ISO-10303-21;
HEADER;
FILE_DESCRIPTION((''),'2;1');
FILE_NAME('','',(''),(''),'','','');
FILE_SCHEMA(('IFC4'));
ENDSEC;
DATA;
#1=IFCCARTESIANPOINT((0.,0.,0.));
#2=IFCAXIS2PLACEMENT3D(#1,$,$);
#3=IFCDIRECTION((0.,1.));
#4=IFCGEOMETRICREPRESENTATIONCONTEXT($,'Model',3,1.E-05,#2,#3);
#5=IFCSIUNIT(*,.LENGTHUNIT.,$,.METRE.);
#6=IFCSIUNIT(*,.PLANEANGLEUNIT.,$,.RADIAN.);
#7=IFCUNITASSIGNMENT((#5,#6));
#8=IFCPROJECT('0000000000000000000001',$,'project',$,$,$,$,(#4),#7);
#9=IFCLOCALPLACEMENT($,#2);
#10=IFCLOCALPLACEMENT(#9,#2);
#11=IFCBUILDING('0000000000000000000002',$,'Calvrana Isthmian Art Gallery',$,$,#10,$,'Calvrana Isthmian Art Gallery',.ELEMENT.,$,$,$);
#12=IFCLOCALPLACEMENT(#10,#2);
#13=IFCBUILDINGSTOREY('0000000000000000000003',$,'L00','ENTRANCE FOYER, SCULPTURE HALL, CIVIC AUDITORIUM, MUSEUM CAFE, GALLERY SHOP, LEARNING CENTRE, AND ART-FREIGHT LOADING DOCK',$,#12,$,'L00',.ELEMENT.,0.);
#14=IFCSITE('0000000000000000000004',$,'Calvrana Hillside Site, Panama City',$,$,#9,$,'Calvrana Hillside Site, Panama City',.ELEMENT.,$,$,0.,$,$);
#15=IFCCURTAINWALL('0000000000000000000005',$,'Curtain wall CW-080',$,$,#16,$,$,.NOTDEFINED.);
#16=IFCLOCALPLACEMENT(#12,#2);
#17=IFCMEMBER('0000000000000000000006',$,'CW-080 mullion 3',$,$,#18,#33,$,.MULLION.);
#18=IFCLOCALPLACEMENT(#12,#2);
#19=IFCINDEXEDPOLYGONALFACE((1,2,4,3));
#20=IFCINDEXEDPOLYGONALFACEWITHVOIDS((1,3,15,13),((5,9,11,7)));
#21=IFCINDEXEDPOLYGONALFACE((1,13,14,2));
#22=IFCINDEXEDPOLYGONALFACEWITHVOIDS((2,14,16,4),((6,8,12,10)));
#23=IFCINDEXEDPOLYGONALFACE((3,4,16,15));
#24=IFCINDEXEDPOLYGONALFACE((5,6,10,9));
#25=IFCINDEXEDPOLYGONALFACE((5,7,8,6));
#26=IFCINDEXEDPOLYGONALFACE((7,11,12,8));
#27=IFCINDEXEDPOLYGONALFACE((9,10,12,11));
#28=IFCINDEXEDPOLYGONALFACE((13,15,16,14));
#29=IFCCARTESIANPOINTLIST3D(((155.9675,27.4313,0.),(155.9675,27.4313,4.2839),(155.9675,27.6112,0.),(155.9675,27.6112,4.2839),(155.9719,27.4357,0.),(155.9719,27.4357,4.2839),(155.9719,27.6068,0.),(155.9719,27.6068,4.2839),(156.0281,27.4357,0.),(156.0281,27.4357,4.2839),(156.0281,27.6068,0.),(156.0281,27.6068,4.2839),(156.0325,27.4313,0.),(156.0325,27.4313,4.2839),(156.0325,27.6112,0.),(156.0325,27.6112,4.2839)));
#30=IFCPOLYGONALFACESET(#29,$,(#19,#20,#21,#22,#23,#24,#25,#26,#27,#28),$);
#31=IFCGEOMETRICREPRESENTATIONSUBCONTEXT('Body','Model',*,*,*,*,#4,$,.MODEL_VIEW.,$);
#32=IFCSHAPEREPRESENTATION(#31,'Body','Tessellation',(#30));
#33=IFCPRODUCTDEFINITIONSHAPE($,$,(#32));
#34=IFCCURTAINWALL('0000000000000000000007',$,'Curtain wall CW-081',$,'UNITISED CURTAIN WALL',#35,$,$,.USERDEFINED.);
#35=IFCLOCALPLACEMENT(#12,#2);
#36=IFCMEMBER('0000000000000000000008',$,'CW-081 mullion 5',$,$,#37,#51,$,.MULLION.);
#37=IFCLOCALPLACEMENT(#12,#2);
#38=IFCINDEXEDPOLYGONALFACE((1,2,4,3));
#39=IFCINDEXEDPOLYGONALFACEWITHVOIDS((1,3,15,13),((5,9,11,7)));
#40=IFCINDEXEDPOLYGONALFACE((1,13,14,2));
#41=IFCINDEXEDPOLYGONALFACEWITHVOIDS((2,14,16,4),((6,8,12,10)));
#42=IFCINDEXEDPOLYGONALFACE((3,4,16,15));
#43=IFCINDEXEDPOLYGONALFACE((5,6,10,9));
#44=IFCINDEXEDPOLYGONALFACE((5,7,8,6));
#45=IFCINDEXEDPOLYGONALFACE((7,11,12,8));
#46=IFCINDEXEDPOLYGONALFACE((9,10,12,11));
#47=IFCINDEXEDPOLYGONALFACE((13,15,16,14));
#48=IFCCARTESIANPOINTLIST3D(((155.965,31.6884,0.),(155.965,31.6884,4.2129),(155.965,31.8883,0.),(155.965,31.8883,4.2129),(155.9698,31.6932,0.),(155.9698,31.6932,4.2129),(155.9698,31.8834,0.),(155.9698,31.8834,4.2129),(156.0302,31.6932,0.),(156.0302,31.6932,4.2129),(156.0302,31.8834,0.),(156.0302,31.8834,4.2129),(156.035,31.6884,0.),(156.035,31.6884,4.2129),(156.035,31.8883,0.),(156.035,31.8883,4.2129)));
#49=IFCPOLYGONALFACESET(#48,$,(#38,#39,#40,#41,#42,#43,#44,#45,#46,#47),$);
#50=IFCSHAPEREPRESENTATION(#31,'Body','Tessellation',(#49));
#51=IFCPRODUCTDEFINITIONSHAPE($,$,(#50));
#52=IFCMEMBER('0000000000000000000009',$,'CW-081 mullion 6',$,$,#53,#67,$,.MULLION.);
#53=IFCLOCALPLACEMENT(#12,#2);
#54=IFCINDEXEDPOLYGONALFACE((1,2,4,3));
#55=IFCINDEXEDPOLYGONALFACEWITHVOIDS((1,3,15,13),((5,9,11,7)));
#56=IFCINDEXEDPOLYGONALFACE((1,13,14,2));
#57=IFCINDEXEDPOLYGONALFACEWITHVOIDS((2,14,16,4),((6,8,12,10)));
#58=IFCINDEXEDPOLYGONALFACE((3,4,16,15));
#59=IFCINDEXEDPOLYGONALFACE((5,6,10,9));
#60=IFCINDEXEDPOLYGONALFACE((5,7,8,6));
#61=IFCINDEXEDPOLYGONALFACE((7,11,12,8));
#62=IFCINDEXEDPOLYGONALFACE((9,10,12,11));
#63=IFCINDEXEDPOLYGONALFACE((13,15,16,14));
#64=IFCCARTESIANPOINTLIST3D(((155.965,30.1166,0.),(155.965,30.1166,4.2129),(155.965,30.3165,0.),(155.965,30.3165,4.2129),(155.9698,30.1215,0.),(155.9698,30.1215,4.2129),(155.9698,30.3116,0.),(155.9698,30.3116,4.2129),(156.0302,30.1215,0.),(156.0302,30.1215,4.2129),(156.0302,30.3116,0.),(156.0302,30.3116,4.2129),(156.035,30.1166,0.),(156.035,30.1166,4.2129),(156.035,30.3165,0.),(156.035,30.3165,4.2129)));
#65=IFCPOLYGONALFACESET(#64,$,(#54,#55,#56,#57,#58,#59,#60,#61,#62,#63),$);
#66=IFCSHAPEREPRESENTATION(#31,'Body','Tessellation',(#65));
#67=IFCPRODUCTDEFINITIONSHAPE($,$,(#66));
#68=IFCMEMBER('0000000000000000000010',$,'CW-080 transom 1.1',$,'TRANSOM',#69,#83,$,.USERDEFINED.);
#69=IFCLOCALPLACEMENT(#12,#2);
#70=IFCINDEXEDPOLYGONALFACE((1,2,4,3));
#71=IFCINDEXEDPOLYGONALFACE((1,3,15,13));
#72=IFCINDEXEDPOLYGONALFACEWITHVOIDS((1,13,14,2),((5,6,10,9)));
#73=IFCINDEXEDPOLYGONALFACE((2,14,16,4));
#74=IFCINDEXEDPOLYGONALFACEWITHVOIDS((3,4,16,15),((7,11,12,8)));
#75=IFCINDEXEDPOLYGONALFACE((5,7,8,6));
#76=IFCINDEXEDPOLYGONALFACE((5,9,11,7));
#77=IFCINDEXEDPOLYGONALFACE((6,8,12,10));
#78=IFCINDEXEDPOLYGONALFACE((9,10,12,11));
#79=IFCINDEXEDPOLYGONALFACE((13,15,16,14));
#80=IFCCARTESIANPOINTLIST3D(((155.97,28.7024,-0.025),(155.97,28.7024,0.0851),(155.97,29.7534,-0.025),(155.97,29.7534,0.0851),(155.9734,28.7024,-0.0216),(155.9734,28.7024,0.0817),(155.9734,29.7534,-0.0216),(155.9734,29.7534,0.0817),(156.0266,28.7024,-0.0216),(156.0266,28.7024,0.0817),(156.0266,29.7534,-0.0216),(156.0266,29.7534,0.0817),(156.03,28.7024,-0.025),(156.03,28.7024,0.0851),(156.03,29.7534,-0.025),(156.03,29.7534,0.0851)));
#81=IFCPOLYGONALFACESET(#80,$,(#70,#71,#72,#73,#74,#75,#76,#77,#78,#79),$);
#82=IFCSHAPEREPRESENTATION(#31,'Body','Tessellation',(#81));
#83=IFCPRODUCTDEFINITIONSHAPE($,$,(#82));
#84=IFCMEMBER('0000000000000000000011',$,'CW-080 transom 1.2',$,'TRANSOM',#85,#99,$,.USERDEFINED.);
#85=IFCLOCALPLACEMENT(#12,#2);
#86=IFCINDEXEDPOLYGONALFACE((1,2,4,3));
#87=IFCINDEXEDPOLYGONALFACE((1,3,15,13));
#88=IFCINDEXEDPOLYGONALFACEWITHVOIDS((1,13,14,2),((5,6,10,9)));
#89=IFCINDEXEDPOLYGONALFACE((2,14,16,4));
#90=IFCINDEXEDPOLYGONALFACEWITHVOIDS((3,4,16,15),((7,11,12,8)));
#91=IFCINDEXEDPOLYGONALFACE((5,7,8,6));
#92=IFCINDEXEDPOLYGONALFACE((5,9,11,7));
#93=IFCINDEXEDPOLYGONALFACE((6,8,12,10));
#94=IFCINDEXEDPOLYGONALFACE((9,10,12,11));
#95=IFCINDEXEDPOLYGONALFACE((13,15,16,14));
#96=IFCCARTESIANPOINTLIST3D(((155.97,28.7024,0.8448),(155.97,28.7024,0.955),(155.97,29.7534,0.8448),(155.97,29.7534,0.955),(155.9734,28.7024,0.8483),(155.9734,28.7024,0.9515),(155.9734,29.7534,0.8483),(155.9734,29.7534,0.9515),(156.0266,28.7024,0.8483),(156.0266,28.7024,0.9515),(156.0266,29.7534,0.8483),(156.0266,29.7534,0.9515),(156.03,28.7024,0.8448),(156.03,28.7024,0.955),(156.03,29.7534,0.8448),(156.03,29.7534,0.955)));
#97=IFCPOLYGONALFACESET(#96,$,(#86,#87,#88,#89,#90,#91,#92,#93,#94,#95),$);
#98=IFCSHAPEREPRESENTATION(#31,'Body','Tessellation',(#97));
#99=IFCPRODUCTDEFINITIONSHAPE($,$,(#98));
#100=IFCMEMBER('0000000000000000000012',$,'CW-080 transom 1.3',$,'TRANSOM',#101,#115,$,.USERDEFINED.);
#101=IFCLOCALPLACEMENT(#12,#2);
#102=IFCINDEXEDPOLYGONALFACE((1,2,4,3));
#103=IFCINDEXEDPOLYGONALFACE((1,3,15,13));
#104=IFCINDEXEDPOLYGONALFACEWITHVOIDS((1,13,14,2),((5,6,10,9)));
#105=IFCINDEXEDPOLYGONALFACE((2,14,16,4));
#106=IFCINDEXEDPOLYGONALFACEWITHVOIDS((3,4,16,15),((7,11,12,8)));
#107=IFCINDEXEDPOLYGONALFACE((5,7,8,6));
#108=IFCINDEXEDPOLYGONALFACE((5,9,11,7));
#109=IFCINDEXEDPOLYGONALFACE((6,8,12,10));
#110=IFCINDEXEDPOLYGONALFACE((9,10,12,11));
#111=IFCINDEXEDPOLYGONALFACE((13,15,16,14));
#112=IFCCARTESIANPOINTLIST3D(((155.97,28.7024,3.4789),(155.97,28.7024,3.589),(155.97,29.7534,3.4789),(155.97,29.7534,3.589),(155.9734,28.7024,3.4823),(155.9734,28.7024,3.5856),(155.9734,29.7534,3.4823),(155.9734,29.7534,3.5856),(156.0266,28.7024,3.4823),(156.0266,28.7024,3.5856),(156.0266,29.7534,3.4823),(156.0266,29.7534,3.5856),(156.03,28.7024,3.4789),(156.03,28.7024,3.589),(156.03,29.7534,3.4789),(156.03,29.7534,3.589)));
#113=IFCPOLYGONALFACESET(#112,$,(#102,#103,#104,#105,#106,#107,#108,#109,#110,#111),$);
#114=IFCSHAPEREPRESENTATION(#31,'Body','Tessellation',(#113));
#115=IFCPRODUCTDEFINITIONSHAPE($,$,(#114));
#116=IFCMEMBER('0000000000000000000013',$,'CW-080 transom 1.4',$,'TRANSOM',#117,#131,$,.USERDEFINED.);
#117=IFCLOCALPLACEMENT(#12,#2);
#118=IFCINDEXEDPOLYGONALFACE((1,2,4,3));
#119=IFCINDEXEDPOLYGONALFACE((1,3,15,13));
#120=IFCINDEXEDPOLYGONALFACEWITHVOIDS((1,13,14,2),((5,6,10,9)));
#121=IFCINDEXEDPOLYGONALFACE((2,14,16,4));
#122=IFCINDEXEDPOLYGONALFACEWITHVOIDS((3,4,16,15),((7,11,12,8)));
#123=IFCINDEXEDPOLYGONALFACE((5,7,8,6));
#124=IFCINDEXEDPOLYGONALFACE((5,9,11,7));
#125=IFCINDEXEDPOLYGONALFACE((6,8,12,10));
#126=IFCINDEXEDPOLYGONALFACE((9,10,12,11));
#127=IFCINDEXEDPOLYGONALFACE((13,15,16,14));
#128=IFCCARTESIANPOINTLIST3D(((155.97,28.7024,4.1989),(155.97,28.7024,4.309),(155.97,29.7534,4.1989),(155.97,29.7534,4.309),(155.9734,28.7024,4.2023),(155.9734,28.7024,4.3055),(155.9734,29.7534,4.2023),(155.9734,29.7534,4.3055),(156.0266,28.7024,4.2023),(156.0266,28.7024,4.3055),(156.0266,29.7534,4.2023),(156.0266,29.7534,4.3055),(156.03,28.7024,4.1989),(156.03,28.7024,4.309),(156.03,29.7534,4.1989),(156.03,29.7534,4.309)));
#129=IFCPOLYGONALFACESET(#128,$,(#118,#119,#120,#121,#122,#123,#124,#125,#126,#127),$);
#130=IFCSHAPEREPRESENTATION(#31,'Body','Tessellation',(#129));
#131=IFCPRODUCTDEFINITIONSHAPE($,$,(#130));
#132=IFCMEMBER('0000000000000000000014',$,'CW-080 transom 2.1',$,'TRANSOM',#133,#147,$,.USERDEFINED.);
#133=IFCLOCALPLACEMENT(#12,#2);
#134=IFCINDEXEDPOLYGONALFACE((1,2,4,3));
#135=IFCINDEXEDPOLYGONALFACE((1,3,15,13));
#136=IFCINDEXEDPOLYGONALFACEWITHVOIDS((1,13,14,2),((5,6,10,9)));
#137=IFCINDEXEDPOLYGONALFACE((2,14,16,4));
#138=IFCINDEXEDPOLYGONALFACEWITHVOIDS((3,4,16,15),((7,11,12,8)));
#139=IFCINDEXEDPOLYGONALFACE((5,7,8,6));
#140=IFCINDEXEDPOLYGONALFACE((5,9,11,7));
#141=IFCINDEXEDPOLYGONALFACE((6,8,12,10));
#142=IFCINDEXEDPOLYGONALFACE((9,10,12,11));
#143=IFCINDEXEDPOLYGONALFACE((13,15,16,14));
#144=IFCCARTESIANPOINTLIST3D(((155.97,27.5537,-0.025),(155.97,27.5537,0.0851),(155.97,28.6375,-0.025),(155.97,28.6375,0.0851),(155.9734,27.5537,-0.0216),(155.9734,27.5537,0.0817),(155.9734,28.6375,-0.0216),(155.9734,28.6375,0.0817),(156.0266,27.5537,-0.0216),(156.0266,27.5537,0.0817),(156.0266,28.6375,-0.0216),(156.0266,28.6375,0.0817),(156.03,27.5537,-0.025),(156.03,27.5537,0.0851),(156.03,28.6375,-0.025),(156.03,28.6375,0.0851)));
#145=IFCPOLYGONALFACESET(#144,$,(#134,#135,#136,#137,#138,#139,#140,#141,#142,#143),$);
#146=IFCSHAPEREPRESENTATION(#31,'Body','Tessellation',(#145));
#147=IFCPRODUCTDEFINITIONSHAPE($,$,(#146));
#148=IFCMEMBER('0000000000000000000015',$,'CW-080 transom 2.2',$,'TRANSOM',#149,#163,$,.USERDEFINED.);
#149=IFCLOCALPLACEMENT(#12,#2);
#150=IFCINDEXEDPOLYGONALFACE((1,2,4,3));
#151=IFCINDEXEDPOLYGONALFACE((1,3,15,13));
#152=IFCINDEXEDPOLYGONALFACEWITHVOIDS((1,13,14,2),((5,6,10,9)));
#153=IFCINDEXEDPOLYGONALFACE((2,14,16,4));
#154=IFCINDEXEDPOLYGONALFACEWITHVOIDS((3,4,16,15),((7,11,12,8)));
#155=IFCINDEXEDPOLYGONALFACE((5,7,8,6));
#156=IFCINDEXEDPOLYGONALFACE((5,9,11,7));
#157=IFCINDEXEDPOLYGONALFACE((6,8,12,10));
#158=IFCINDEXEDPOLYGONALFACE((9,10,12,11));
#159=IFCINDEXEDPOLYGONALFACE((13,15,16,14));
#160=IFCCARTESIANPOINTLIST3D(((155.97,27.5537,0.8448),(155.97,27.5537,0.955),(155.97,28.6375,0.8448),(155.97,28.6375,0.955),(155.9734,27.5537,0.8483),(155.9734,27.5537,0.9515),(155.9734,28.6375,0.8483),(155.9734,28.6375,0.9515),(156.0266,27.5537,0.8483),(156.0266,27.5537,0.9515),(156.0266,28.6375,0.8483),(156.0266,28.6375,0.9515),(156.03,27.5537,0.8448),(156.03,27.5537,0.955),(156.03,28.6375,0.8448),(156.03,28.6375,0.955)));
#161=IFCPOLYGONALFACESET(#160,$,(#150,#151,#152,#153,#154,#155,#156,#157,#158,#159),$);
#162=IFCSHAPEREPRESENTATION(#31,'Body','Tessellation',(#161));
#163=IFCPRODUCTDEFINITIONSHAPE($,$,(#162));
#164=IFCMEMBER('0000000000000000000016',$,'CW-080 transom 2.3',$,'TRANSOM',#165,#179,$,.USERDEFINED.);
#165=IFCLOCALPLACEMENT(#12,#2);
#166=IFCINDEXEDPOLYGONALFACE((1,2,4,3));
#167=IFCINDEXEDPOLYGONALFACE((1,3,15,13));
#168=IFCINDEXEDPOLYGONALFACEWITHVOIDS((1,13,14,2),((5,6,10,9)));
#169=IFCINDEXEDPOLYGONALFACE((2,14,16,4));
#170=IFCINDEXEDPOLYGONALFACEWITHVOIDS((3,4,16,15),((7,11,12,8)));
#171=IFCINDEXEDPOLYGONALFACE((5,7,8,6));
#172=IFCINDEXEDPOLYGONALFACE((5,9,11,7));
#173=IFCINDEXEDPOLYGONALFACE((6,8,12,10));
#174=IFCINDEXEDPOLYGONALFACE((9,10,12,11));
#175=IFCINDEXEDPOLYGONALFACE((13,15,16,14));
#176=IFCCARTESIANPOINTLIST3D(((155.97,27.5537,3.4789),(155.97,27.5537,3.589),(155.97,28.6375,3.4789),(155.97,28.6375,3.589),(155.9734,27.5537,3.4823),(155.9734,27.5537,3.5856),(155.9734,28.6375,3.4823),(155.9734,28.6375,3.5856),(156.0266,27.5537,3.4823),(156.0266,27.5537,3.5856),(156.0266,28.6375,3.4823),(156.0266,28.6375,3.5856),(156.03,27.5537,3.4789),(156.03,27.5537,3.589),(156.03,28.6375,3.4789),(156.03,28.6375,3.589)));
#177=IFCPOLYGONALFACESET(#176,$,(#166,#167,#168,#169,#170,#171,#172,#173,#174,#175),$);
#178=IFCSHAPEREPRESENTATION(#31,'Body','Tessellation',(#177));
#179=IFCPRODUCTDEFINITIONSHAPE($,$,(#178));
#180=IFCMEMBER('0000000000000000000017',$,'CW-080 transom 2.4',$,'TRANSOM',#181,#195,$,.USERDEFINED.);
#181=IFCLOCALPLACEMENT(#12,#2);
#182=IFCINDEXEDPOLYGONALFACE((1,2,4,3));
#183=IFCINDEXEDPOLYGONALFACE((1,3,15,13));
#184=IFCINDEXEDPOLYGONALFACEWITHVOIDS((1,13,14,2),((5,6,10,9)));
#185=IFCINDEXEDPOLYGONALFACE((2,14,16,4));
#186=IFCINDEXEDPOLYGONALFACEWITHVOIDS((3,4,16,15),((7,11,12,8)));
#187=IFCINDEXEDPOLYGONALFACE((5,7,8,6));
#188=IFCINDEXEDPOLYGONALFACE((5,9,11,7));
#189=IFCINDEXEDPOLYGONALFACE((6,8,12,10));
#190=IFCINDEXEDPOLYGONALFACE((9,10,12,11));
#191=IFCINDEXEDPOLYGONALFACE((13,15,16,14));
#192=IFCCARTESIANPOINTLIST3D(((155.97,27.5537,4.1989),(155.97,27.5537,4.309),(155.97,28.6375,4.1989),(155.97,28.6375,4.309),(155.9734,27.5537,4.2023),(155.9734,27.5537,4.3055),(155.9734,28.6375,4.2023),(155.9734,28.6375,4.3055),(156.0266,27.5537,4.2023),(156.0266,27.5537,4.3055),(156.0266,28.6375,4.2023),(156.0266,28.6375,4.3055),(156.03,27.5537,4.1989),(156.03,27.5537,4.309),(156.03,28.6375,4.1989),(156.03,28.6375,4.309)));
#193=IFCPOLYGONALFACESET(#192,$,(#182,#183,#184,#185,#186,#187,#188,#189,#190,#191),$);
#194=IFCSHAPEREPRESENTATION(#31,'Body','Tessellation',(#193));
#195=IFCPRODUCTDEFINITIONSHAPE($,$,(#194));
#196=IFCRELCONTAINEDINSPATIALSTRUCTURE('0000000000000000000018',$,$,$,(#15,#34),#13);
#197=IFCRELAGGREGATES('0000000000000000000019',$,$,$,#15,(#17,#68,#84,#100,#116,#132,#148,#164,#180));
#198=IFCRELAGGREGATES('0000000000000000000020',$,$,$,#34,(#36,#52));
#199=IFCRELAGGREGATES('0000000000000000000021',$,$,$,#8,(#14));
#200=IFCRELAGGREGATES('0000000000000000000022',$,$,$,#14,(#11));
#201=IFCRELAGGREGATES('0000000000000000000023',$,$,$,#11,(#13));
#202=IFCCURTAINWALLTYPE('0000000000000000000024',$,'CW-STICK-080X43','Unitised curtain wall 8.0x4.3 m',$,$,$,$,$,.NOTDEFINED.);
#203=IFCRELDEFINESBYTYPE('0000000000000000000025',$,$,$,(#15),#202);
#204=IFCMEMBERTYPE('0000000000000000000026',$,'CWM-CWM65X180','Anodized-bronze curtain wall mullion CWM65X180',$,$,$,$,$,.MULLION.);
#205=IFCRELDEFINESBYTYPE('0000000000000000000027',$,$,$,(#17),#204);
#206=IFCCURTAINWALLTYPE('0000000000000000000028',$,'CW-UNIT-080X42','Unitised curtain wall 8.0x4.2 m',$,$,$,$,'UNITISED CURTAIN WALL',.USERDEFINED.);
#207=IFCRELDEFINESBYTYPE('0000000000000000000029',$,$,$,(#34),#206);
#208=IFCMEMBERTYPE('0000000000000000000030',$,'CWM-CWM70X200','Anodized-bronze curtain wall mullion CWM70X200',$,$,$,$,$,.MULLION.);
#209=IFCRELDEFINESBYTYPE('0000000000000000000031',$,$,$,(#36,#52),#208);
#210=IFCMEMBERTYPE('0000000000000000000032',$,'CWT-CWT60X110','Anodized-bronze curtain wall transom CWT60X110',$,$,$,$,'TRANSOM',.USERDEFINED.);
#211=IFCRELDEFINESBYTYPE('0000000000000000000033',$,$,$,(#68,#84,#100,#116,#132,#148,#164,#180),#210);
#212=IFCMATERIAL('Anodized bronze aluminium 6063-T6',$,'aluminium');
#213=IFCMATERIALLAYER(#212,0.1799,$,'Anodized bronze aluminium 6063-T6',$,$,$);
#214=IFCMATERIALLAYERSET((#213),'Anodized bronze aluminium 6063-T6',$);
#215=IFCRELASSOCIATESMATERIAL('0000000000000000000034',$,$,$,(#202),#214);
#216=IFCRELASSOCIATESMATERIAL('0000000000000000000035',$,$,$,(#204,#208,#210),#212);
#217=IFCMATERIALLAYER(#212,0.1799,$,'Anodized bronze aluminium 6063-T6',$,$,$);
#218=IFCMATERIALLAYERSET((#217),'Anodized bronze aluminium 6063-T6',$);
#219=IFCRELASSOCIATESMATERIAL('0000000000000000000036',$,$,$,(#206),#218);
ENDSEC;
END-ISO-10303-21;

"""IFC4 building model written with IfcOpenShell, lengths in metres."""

from ifc_helpers import new_model, si_unit, direction, frame, origin, origin_2d, place, context, subcontext, project, spatial, hollow_rectangle, extrude, material, layer, layer_set, material_profile, profile_set, type_object, element, aggregate, save


model = new_model("IFC4")

# Units and contexts
model_context = context("Model", 3, precision=1e-05, world=origin(), true_north=direction((0.0, 1.0)))
body_context = subcontext(model_context, "Body", "Model", "MODEL_VIEW")
ifc_project = project(units=[si_unit("LENGTHUNIT", "METRE"), si_unit("PLANEANGLEUNIT", "RADIAN")], contexts=[model_context])

# Site, building, storey
site_placement = place(None, origin())
site = spatial("IfcSite", under=ifc_project, at=site_placement, Name="Calvrana Hillside Site, Panama City", LongName="Calvrana Hillside Site, Panama City", CompositionType="ELEMENT", RefElevation=0.0)
building_placement = place(site_placement, origin())
building = spatial("IfcBuilding", under=site, at=building_placement, Name="Calvrana Isthmian Art Gallery", LongName="Calvrana Isthmian Art Gallery", CompositionType="ELEMENT")
storey_placement = place(building_placement, origin())
storey = spatial("IfcBuildingStorey", under=building, at=storey_placement, Name="L00", Description="ENTRANCE FOYER, SCULPTURE HALL, CIVIC AUDITORIUM, MUSEUM CAFE, GALLERY SHOP, LEARNING CENTRE, AND ART-FREIGHT LOADING DOCK", LongName="L00", CompositionType="ELEMENT", Elevation=0.0)

# Curtain walls, members
ifc_material_1 = material(Name="Anodized bronze aluminium 6063-T6", Category="aluminium")
ifc_layer_1 = layer(ifc_material_1, 0.1799, Name="Anodized bronze aluminium 6063-T6")
ifc_layer_set_1 = layer_set([ifc_layer_1], Name="Anodized bronze aluminium 6063-T6")
curtain_wall_type_1 = type_object("IfcCurtainWallType", Name="CW-STICK-080X43", Description="Unitised curtain wall 8.0x4.3 m", PredefinedType="NOTDEFINED", material=ifc_layer_set_1)
curtain_wall_1_placement = place(storey_placement, origin())
curtain_wall_1 = element("IfcCurtainWall", 1, at=curtain_wall_1_placement, inside=storey, type_object=curtain_wall_type_1, Name="Curtain wall CW-080", PredefinedType="NOTDEFINED")
ifc_material_profile_1 = material_profile(ifc_material_1, hollow_rectangle(XDim=0.0649, YDim=0.1799, WallThickness=0.0044, at=origin_2d()), Name="CWM65X180")
ifc_profile_set_1 = profile_set([ifc_material_profile_1], Name="Anodized bronze aluminium 6063-T6")
member_type_1 = type_object("IfcMemberType", Name="CWM-CWM65X180", Description="Anodized-bronze curtain wall mullion CWM65X180", PredefinedType="MULLION", material=ifc_profile_set_1)
member_1_placement = place(storey_placement, frame((156.0, 27.5212, 0.0), z_axis=(0.0, 0.0, 1.0), x_axis=(1.0, 0.0, 0.0)))
member_1 = element("IfcMember", 2, at=member_1_placement, type_object=member_type_1, Name="CW-080 mullion 3", PredefinedType="MULLION", context=body_context, shape_type="SweptSolid", body=[
    extrude(hollow_rectangle(XDim=0.0649, YDim=0.1799, WallThickness=0.0044, at=origin_2d()), origin(), (0.0, 0.0, 1.0), 4.2839),
])
ifc_layer_2 = layer(ifc_material_1, 0.1799, Name="Anodized bronze aluminium 6063-T6")
ifc_layer_set_2 = layer_set([ifc_layer_2], Name="Anodized bronze aluminium 6063-T6")
curtain_wall_type_2 = type_object("IfcCurtainWallType", Name="CW-UNIT-080X42", Description="Unitised curtain wall 8.0x4.2 m", ElementType="UNITISED CURTAIN WALL", PredefinedType="USERDEFINED", material=ifc_layer_set_2)
curtain_wall_2_placement = place(storey_placement, origin())
curtain_wall_2 = element("IfcCurtainWall", 3, at=curtain_wall_2_placement, inside=storey, type_object=curtain_wall_type_2, Name="Curtain wall CW-081", ObjectType="UNITISED CURTAIN WALL", PredefinedType="USERDEFINED")
ifc_material_profile_2 = material_profile(ifc_material_1, hollow_rectangle(XDim=0.0701, YDim=0.2, WallThickness=0.0049, at=origin_2d()), Name="CWM70X200")
ifc_profile_set_2 = profile_set([ifc_material_profile_2], Name="Anodized bronze aluminium 6063-T6")
member_type_2 = type_object("IfcMemberType", Name="CWM-CWM70X200", Description="Anodized-bronze curtain wall mullion CWM70X200", PredefinedType="MULLION", material=ifc_profile_set_2)
member_2_placement = place(storey_placement, frame((156.0, 31.7883, 0.0), z_axis=(0.0, 0.0, 1.0), x_axis=(1.0, 0.0, 0.0)))
member_2 = element("IfcMember", 4, at=member_2_placement, type_object=member_type_2, Name="CW-081 mullion 5", PredefinedType="MULLION", context=body_context, shape_type="SweptSolid", body=[
    extrude(hollow_rectangle(XDim=0.0701, YDim=0.2, WallThickness=0.0049, at=origin_2d()), origin(), (0.0, 0.0, 1.0), 4.2129),
])
member_3_placement = place(storey_placement, frame((156.0, 30.2166, 0.0), z_axis=(0.0, 0.0, 1.0), x_axis=(1.0, 0.0, 0.0)))
member_3 = element("IfcMember", 5, at=member_3_placement, type_object=member_type_2, Name="CW-081 mullion 6", PredefinedType="MULLION", context=body_context, shape_type="SweptSolid", body=[
    extrude(hollow_rectangle(XDim=0.0701, YDim=0.2, WallThickness=0.0049, at=origin_2d()), origin(), (0.0, 0.0, 1.0), 4.2129),
])

# Members
ifc_material_profile_3 = material_profile(ifc_material_1, hollow_rectangle(XDim=0.0601, YDim=0.1101, WallThickness=0.0034, at=origin_2d()), Name="CWT60X110")
ifc_profile_set_3 = profile_set([ifc_material_profile_3], Name="Anodized bronze aluminium 6063-T6")
member_type_3 = type_object("IfcMemberType", Name="CWT-CWT60X110", Description="Anodized-bronze curtain wall transom CWT60X110", ElementType="TRANSOM", PredefinedType="USERDEFINED", material=ifc_profile_set_3)
member_4_placement = place(storey_placement, frame((156.0, 29.7534, 0.03), z_axis=(0.0, -1.0, 0.0), x_axis=(1.0, 0.0, 0.0)))
member_4 = element("IfcMember", 6, at=member_4_placement, type_object=member_type_3, Name="CW-080 transom 1.1", ObjectType="TRANSOM", PredefinedType="USERDEFINED", context=body_context, shape_type="SweptSolid", body=[
    extrude(hollow_rectangle(XDim=0.0601, YDim=0.1101, WallThickness=0.0034, at=origin_2d()), origin(), (0.0, 0.0, 1.0), 1.051),
])
member_5_placement = place(storey_placement, frame((156.0, 29.7534, 0.8999), z_axis=(0.0, -1.0, 0.0), x_axis=(1.0, 0.0, 0.0)))
member_5 = element("IfcMember", 7, at=member_5_placement, type_object=member_type_3, Name="CW-080 transom 1.2", ObjectType="TRANSOM", PredefinedType="USERDEFINED", context=body_context, shape_type="SweptSolid", body=[
    extrude(hollow_rectangle(XDim=0.0601, YDim=0.1101, WallThickness=0.0034, at=origin_2d()), origin(), (0.0, 0.0, 1.0), 1.051),
])
member_6_placement = place(storey_placement, frame((156.0, 29.7534, 3.5339), z_axis=(0.0, -1.0, 0.0), x_axis=(1.0, 0.0, 0.0)))
member_6 = element("IfcMember", 8, at=member_6_placement, type_object=member_type_3, Name="CW-080 transom 1.3", ObjectType="TRANSOM", PredefinedType="USERDEFINED", context=body_context, shape_type="SweptSolid", body=[
    extrude(hollow_rectangle(XDim=0.0601, YDim=0.1101, WallThickness=0.0034, at=origin_2d()), origin(), (0.0, 0.0, 1.0), 1.051),
])
member_7_placement = place(storey_placement, frame((156.0, 29.7534, 4.2539), z_axis=(0.0, -1.0, 0.0), x_axis=(1.0, 0.0, 0.0)))
member_7 = element("IfcMember", 9, at=member_7_placement, type_object=member_type_3, Name="CW-080 transom 1.4", ObjectType="TRANSOM", PredefinedType="USERDEFINED", context=body_context, shape_type="SweptSolid", body=[
    extrude(hollow_rectangle(XDim=0.0601, YDim=0.1101, WallThickness=0.0034, at=origin_2d()), origin(), (0.0, 0.0, 1.0), 1.051),
])
member_8_placement = place(storey_placement, frame((156.0, 28.6375, 0.03), z_axis=(0.0, -1.0, 0.0), x_axis=(1.0, 0.0, 0.0)))
member_8 = element("IfcMember", 10, at=member_8_placement, type_object=member_type_3, Name="CW-080 transom 2.1", ObjectType="TRANSOM", PredefinedType="USERDEFINED", context=body_context, shape_type="SweptSolid", body=[
    extrude(hollow_rectangle(XDim=0.0601, YDim=0.1101, WallThickness=0.0034, at=origin_2d()), origin(), (0.0, 0.0, 1.0), 1.0837),
])
member_9_placement = place(storey_placement, frame((156.0, 28.6375, 0.8999), z_axis=(0.0, -1.0, 0.0), x_axis=(1.0, 0.0, 0.0)))
member_9 = element("IfcMember", 11, at=member_9_placement, type_object=member_type_3, Name="CW-080 transom 2.2", ObjectType="TRANSOM", PredefinedType="USERDEFINED", context=body_context, shape_type="SweptSolid", body=[
    extrude(hollow_rectangle(XDim=0.0601, YDim=0.1101, WallThickness=0.0034, at=origin_2d()), origin(), (0.0, 0.0, 1.0), 1.0837),
])
member_10_placement = place(storey_placement, frame((156.0, 28.6375, 3.5339), z_axis=(0.0, -1.0, 0.0), x_axis=(1.0, 0.0, 0.0)))
member_10 = element("IfcMember", 12, at=member_10_placement, type_object=member_type_3, Name="CW-080 transom 2.3", ObjectType="TRANSOM", PredefinedType="USERDEFINED", context=body_context, shape_type="SweptSolid", body=[
    extrude(hollow_rectangle(XDim=0.0601, YDim=0.1101, WallThickness=0.0034, at=origin_2d()), origin(), (0.0, 0.0, 1.0), 1.0837),
])
member_11_placement = place(storey_placement, frame((156.0, 28.6375, 4.2539), z_axis=(0.0, -1.0, 0.0), x_axis=(1.0, 0.0, 0.0)))
member_11 = element("IfcMember", 13, at=member_11_placement, type_object=member_type_3, Name="CW-080 transom 2.4", ObjectType="TRANSOM", PredefinedType="USERDEFINED", context=body_context, shape_type="SweptSolid", body=[
    extrude(hollow_rectangle(XDim=0.0601, YDim=0.1101, WallThickness=0.0034, at=origin_2d()), origin(), (0.0, 0.0, 1.0), 1.0837),
])

aggregate(curtain_wall_1, [member_1, member_4, member_5, member_6, member_7, member_8, member_9, member_10, member_11])
aggregate(curtain_wall_2, [member_2, member_3])

save(model, "model.ifc")
